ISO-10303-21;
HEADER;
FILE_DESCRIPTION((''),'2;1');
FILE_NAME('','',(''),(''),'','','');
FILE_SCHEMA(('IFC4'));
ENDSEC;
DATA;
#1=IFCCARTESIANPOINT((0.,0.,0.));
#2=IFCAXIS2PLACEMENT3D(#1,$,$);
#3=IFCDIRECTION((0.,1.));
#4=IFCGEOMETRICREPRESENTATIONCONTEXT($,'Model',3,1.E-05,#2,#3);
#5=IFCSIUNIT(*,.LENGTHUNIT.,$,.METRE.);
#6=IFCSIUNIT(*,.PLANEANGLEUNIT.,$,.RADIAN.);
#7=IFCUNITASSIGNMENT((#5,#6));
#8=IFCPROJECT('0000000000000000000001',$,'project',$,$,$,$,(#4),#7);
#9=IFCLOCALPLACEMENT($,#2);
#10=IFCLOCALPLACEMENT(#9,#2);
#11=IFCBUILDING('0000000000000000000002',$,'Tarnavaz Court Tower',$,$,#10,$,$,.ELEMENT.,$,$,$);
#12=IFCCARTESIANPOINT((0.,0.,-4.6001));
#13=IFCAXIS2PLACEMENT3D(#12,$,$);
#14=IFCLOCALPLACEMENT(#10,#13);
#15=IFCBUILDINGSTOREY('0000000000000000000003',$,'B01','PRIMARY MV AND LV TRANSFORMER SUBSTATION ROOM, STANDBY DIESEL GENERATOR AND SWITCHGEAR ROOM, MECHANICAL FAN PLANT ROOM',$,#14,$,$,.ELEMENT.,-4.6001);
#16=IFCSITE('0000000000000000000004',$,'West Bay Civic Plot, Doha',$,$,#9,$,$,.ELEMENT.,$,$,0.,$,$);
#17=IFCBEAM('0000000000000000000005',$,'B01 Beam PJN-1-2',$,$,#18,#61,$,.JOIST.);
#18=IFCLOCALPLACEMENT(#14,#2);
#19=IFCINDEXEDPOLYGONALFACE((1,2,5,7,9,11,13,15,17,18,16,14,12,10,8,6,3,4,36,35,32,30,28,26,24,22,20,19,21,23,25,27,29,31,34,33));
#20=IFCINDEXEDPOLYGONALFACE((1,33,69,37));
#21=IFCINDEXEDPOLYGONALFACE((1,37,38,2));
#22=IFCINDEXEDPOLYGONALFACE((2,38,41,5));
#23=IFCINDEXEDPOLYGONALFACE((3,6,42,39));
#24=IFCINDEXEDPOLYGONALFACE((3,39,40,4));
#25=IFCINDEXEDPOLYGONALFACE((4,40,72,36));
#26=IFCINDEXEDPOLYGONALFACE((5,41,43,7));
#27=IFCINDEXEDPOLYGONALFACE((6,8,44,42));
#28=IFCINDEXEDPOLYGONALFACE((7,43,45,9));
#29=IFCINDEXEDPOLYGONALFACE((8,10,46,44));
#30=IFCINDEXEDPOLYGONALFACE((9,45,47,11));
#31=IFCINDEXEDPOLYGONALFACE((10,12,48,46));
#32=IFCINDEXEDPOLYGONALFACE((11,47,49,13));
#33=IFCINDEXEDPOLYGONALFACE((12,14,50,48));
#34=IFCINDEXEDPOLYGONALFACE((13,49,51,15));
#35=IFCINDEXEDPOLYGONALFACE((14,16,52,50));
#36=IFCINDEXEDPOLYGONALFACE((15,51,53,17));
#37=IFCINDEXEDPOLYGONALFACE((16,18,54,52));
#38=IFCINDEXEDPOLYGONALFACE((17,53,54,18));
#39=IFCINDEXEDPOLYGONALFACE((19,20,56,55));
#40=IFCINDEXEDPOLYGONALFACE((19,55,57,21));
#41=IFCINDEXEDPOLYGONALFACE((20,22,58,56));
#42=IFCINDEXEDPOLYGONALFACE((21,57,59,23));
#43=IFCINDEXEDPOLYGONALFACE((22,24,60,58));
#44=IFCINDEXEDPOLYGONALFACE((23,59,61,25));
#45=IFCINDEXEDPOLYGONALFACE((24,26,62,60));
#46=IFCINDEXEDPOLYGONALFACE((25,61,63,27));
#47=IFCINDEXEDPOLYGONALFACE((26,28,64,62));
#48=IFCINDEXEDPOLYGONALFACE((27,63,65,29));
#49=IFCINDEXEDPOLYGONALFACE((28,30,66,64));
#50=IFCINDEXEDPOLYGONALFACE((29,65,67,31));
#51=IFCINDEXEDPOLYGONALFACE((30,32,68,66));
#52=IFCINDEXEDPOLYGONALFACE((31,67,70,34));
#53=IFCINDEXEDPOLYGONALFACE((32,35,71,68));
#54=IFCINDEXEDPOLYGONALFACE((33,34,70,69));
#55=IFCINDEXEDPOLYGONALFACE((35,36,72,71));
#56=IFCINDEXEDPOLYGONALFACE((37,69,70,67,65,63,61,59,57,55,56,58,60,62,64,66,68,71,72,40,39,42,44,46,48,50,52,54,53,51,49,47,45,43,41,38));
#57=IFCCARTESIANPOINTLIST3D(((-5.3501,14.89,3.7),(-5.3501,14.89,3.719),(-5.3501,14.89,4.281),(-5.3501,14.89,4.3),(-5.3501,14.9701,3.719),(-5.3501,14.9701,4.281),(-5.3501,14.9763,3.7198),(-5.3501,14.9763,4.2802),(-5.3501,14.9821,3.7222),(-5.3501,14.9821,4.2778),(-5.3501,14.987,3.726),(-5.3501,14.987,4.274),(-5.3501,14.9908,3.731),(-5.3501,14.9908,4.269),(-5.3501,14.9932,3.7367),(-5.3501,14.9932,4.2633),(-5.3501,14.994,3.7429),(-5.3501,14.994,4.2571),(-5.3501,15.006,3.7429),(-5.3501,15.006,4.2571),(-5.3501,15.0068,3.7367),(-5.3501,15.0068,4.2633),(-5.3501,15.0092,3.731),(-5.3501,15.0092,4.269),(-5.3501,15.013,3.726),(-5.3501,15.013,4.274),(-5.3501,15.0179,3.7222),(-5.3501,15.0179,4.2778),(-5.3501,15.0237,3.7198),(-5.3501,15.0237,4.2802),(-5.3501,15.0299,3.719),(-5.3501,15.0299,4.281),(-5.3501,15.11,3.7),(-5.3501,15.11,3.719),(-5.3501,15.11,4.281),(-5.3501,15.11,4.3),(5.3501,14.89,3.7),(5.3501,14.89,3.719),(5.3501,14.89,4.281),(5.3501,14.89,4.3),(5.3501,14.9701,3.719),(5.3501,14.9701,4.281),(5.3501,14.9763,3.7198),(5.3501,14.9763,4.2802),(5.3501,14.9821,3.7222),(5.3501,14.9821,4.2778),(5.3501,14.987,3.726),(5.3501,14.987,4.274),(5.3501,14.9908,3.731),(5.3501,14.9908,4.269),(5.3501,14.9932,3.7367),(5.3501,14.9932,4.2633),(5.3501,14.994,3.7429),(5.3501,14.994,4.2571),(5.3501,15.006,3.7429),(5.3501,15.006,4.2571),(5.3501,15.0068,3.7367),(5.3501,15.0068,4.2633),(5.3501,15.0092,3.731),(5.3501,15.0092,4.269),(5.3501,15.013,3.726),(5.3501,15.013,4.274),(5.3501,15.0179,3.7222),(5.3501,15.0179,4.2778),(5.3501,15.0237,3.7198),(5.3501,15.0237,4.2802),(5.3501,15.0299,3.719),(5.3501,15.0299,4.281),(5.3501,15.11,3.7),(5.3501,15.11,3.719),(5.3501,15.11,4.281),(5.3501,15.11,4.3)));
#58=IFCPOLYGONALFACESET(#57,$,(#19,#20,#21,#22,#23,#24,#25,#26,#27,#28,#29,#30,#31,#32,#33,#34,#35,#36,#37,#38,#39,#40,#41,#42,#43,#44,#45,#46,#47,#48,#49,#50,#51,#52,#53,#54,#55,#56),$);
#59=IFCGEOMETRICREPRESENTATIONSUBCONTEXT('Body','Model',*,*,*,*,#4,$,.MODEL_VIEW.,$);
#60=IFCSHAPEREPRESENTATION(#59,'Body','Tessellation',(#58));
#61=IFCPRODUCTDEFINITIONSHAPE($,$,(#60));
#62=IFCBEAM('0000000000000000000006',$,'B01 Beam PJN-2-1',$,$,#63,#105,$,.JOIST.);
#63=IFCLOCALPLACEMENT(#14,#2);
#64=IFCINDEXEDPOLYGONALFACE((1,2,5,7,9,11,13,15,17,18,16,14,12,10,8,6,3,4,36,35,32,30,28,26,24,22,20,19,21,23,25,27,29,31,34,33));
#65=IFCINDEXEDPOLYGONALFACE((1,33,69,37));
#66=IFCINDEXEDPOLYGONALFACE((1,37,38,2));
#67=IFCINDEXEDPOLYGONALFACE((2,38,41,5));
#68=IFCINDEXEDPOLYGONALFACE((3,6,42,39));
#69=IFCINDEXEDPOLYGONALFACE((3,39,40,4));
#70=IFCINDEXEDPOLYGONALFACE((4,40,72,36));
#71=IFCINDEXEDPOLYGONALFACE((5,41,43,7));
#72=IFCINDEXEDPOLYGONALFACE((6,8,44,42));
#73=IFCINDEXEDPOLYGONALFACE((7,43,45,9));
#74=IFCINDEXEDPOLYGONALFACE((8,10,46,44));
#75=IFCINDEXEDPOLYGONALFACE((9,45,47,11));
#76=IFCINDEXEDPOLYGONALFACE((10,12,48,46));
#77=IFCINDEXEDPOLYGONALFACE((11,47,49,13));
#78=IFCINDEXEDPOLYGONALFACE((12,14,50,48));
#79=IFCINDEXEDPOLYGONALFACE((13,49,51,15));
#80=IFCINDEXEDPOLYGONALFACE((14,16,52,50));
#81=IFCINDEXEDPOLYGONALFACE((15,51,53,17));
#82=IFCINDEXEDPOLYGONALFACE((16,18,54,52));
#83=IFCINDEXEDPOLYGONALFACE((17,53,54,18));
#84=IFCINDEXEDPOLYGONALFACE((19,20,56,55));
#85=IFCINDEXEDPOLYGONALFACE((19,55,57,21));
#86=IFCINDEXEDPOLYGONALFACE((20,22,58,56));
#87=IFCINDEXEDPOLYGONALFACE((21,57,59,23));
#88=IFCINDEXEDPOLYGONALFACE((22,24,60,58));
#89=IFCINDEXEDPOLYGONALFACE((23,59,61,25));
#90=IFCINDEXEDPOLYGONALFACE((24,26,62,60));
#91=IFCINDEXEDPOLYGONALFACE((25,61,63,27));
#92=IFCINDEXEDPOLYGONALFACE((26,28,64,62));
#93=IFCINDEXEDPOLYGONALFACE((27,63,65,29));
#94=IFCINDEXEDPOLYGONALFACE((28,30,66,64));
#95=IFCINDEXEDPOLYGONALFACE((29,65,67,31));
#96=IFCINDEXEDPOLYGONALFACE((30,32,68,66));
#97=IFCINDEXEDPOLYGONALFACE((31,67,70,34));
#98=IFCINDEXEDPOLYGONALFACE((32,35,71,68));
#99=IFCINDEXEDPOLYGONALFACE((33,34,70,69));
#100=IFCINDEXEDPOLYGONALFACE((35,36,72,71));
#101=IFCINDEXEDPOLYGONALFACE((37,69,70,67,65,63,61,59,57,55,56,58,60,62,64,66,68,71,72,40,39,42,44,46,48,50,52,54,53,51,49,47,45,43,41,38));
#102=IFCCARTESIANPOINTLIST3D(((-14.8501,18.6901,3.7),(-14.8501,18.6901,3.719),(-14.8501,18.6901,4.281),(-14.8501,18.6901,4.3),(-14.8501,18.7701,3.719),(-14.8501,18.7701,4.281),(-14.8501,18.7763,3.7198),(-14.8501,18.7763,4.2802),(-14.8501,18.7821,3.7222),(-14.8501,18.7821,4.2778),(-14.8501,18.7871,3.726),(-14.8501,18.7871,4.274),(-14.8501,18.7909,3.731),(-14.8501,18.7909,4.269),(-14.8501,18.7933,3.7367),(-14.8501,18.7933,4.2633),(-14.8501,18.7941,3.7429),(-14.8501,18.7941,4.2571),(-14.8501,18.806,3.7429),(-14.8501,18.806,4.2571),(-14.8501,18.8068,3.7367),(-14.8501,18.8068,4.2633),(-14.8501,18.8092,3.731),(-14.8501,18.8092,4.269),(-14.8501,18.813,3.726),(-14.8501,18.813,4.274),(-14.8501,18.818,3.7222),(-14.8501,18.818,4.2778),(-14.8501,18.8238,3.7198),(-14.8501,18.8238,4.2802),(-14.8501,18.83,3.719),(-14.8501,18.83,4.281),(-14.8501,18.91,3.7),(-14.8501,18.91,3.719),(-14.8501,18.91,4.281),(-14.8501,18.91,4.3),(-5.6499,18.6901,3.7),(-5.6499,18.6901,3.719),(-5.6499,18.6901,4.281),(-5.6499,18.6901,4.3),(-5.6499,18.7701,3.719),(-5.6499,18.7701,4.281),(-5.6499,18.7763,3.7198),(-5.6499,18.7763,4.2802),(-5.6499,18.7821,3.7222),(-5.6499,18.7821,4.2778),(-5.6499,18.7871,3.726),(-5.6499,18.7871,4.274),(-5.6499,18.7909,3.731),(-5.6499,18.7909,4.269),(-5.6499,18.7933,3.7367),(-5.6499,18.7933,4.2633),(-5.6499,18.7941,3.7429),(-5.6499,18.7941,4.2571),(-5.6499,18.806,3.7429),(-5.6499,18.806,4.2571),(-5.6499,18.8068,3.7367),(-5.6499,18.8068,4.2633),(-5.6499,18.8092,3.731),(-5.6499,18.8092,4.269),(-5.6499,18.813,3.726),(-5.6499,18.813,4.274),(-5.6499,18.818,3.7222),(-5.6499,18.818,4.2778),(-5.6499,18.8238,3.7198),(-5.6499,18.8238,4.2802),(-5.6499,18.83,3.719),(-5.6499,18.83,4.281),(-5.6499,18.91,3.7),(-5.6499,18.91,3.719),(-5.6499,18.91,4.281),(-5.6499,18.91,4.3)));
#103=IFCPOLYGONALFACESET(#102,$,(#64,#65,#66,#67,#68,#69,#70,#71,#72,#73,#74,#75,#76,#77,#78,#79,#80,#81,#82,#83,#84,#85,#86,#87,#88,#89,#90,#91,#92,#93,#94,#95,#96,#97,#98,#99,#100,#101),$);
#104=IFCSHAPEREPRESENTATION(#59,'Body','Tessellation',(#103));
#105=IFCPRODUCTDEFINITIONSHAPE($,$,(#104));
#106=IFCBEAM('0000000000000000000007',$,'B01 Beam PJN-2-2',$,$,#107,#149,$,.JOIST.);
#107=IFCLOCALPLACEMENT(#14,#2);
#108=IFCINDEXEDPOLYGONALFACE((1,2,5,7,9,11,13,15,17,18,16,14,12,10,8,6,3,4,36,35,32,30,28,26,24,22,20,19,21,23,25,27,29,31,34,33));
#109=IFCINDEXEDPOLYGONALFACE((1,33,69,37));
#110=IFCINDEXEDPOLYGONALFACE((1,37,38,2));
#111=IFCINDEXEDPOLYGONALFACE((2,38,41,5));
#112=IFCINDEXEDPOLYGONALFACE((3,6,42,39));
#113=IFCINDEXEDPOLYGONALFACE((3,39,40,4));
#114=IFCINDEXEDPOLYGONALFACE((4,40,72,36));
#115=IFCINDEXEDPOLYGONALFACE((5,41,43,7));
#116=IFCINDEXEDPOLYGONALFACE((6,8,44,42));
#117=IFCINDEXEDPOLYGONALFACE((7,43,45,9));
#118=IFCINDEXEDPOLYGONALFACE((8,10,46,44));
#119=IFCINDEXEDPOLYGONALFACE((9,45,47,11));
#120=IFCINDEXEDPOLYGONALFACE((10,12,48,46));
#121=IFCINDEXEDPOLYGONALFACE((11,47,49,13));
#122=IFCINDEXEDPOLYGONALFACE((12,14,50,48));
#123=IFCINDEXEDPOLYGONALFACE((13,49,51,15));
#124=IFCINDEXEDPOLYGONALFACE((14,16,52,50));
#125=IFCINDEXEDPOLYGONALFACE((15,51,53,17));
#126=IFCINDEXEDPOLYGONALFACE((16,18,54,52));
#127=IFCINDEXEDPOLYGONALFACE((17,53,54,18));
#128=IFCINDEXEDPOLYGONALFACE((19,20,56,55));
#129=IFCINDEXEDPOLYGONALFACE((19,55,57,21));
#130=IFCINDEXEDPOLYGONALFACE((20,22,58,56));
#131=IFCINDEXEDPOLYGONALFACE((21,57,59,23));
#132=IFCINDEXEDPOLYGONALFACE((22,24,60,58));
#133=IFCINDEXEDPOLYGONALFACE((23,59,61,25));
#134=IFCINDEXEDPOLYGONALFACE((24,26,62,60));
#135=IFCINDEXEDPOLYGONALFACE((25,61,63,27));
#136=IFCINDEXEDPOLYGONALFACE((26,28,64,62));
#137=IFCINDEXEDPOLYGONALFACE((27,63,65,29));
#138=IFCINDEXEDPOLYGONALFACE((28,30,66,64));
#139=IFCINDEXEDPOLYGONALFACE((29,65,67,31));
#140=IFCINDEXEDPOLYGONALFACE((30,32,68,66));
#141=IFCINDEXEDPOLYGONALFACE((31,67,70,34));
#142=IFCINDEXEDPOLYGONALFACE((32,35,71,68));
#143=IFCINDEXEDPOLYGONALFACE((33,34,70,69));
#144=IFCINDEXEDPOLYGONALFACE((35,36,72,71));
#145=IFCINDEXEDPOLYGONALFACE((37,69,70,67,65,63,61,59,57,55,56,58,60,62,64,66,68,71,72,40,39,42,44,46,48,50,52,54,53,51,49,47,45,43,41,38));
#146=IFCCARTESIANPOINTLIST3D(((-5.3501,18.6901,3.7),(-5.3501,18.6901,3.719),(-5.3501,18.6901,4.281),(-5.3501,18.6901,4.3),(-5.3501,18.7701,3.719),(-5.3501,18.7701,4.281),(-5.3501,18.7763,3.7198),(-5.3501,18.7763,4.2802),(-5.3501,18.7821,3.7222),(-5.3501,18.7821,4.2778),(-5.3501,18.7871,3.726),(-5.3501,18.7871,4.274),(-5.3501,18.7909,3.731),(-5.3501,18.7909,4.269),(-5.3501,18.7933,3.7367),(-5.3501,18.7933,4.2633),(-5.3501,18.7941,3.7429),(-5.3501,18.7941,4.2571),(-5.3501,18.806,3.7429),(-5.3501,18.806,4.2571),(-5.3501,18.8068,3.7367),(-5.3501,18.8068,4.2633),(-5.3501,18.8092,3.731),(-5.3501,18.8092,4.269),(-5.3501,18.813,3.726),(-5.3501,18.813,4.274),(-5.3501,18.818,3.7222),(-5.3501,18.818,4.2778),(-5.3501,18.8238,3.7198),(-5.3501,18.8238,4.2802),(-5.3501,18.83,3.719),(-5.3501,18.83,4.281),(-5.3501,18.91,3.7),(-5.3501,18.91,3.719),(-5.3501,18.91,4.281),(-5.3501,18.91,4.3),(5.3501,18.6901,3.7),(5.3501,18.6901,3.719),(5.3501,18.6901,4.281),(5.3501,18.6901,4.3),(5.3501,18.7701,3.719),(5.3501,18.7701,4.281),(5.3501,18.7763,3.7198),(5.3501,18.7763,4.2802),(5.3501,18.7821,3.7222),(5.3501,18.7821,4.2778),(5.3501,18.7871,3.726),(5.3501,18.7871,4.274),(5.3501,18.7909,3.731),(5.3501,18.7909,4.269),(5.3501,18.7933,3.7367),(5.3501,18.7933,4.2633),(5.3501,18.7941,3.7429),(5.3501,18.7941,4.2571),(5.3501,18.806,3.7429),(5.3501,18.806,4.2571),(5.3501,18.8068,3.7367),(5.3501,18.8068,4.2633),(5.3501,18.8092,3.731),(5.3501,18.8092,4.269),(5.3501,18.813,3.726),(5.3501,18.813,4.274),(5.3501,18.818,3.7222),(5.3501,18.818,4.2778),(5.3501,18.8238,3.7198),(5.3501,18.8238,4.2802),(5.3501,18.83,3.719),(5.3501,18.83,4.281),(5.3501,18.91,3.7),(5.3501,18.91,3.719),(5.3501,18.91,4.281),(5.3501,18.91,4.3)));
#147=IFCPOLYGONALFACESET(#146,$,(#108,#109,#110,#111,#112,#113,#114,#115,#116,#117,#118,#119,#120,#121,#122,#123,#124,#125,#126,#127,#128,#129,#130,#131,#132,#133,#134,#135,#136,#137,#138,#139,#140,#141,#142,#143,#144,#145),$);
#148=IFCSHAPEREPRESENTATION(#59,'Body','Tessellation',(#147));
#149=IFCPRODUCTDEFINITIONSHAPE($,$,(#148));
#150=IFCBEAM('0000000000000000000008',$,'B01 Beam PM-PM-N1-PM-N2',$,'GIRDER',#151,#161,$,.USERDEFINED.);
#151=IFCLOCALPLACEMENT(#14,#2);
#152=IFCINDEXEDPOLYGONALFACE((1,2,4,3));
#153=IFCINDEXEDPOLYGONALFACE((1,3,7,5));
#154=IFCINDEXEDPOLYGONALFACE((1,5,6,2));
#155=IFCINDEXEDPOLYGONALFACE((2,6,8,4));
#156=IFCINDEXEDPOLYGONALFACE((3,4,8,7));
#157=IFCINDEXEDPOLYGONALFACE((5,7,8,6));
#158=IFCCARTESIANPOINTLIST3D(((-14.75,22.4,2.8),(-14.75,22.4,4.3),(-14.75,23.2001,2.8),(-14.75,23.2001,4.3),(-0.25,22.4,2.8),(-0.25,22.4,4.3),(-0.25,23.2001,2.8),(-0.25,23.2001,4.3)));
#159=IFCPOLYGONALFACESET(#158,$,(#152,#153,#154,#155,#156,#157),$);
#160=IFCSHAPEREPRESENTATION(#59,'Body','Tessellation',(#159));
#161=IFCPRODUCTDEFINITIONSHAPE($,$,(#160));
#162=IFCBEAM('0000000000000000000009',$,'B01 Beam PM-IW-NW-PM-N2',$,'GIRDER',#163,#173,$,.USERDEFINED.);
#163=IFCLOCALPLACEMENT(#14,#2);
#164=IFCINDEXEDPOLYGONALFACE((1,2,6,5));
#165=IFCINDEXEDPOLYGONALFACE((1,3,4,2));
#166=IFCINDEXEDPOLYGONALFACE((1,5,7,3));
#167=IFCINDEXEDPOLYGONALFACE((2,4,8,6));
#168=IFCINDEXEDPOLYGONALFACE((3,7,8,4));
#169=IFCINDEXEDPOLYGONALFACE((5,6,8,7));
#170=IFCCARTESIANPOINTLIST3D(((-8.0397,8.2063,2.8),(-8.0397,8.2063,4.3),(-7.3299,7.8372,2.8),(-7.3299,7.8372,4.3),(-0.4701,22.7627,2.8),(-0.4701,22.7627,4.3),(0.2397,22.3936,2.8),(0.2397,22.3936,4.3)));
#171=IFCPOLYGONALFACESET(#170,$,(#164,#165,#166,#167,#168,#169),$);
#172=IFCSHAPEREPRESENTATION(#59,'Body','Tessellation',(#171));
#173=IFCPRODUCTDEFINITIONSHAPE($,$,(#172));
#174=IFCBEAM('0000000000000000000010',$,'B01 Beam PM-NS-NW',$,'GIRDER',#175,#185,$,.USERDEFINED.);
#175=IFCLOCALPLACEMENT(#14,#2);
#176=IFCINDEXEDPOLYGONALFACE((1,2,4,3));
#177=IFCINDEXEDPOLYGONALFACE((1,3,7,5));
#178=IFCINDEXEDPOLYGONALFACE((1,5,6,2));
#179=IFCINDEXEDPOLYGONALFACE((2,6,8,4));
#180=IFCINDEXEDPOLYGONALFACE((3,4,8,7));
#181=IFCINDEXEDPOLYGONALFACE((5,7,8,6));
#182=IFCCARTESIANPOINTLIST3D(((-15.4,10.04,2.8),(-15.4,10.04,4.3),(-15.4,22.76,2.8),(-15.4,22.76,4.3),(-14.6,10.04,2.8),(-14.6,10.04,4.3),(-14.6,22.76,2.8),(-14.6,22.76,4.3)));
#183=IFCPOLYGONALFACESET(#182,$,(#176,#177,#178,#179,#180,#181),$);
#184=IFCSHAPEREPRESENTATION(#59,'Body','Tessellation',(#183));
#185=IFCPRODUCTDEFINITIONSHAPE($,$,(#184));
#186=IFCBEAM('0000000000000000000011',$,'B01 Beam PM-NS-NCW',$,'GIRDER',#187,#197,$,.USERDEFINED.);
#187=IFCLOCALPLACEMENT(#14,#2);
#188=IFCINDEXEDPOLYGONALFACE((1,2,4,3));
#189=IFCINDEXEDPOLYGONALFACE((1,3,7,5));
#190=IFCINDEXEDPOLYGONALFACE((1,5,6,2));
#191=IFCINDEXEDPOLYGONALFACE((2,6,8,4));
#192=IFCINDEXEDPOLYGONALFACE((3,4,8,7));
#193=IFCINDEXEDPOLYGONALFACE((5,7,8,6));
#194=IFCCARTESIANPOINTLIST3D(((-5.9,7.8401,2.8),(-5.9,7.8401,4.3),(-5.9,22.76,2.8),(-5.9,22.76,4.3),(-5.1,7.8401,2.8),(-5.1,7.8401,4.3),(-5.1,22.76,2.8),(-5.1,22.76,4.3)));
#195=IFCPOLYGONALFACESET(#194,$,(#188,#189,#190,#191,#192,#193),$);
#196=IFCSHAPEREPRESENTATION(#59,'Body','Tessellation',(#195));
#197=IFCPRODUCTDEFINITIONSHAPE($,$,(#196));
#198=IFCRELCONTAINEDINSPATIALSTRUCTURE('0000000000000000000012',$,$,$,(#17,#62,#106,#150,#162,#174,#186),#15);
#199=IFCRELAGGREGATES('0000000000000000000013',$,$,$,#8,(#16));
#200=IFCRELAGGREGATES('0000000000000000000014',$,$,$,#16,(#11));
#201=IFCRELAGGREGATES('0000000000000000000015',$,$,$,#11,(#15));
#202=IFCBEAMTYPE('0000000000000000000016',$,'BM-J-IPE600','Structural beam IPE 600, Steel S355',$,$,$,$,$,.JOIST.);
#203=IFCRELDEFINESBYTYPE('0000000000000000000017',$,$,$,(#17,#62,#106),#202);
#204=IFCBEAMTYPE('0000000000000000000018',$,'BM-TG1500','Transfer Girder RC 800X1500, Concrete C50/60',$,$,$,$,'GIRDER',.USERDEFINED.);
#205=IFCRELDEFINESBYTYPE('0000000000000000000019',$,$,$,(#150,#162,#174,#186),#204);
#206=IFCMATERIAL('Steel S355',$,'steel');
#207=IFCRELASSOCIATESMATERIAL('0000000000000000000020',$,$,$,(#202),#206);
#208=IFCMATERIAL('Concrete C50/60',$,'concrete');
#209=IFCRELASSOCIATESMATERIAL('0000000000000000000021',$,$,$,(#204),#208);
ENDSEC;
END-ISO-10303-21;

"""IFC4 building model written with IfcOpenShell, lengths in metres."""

from ifc_helpers import new_model, si_unit, direction, frame, origin, origin_2d, place, context, subcontext, project, spatial, rectangle, i_section, extrude, material, material_profile, profile_set, type_object, element, save


model = new_model("IFC4")

# Units and contexts
model_context = context("Model", 3, precision=1e-05, world=origin(), true_north=direction((0.0, 1.0)))
body_context = subcontext(model_context, "Body", "Model", "MODEL_VIEW")
ifc_project = project(units=[si_unit("LENGTHUNIT", "METRE"), si_unit("PLANEANGLEUNIT", "RADIAN")], contexts=[model_context])

# Site, building, storey
site_placement = place(None, origin())
site = spatial("IfcSite", under=ifc_project, at=site_placement, Name="West Bay Civic Plot, Doha", CompositionType="ELEMENT", RefElevation=0.0)
building_placement = place(site_placement, origin())
building = spatial("IfcBuilding", under=site, at=building_placement, Name="Tarnavaz Court Tower", CompositionType="ELEMENT")
storey_placement = place(building_placement, frame((0.0, 0.0, -4.6001)))
storey = spatial("IfcBuildingStorey", under=building, at=storey_placement, Name="B01", Description="PRIMARY MV AND LV TRANSFORMER SUBSTATION ROOM, STANDBY DIESEL GENERATOR AND SWITCHGEAR ROOM, MECHANICAL FAN PLANT ROOM", CompositionType="ELEMENT", Elevation=-4.6001)

# Beams
ifc_material_1 = material(Name="Steel S355", Category="steel")
ifc_material_profile_1 = material_profile(ifc_material_1, i_section(OverallWidth=0.22, OverallDepth=0.6001, WebThickness=0.012, FlangeThickness=0.019, FilletRadius=0.0239, at=origin_2d()), Name="IPE 600")
ifc_profile_set_1 = profile_set([ifc_material_profile_1], Name="Steel S355")
beam_type_1 = type_object("IfcBeamType", Name="BM-J-IPE600", Description="Structural beam IPE 600, Steel S355", PredefinedType="JOIST", material=ifc_profile_set_1)
beam_1_placement = place(storey_placement, frame((-5.3501, 15.0, 4.0), z_axis=(1.0, 0.0, 0.0), x_axis=(0.0, 1.0, 0.0)))
element("IfcBeam", 1, at=beam_1_placement, inside=storey, type_object=beam_type_1, Name="B01 Beam PJN-1-2", PredefinedType="JOIST", context=body_context, shape_type="SweptSolid", body=[
    extrude(i_section(OverallWidth=0.22, OverallDepth=0.6001, WebThickness=0.012, FlangeThickness=0.019, FilletRadius=0.0239, at=origin_2d()), origin(), (0.0, 0.0, 1.0), 10.7002),
])
beam_2_placement = place(storey_placement, frame((-14.8501, 18.8, 4.0), z_axis=(1.0, 0.0, 0.0), x_axis=(0.0, 1.0, 0.0)))
element("IfcBeam", 2, at=beam_2_placement, inside=storey, type_object=beam_type_1, Name="B01 Beam PJN-2-1", PredefinedType="JOIST", context=body_context, shape_type="SweptSolid", body=[
    extrude(i_section(OverallWidth=0.22, OverallDepth=0.6001, WebThickness=0.012, FlangeThickness=0.019, FilletRadius=0.0239, at=origin_2d()), origin(), (0.0, 0.0, 1.0), 9.2002),
])
beam_3_placement = place(storey_placement, frame((-5.3501, 18.8, 4.0), z_axis=(1.0, 0.0, 0.0), x_axis=(0.0, 1.0, 0.0)))
element("IfcBeam", 3, at=beam_3_placement, inside=storey, type_object=beam_type_1, Name="B01 Beam PJN-2-2", PredefinedType="JOIST", context=body_context, shape_type="SweptSolid", body=[
    extrude(i_section(OverallWidth=0.22, OverallDepth=0.6001, WebThickness=0.012, FlangeThickness=0.019, FilletRadius=0.0239, at=origin_2d()), origin(), (0.0, 0.0, 1.0), 10.7002),
])
ifc_material_2 = material(Name="Concrete C50/60", Category="concrete")
ifc_material_profile_2 = material_profile(ifc_material_2, rectangle(XDim=0.8, YDim=1.5, at=origin_2d()), Name="RC 800X1500")
ifc_profile_set_2 = profile_set([ifc_material_profile_2], Name="Concrete C50/60")
beam_type_2 = type_object("IfcBeamType", Name="BM-TG1500", Description="Transfer Girder RC 800X1500, Concrete C50/60", ElementType="GIRDER", PredefinedType="USERDEFINED", material=ifc_profile_set_2)
beam_4_placement = place(storey_placement, frame((-14.75, 22.8, 3.55), z_axis=(1.0, 0.0, 0.0), x_axis=(0.0, 1.0, 0.0)))
element("IfcBeam", 4, at=beam_4_placement, inside=storey, type_object=beam_type_2, Name="B01 Beam PM-PM-N1-PM-N2", ObjectType="GIRDER", PredefinedType="USERDEFINED", context=body_context, shape_type="SweptSolid", body=[
    extrude(rectangle(XDim=0.8, YDim=1.5, at=origin_2d()), origin(), (0.0, 0.0, 1.0), 14.5),
])
beam_5_placement = place(storey_placement, frame((-7.6848, 8.0217, 3.55), z_axis=(0.461365, 0.88721, 0.0), x_axis=(-0.88721, 0.461365, 0.0)))
element("IfcBeam", 5, at=beam_5_placement, inside=storey, type_object=beam_type_2, Name="B01 Beam PM-IW-NW-PM-N2", ObjectType="GIRDER", PredefinedType="USERDEFINED", context=body_context, shape_type="SweptSolid", body=[
    extrude(rectangle(XDim=0.8, YDim=1.5, at=origin_2d()), origin(), (0.0, 0.0, 1.0), 16.407),
])
beam_6_placement = place(storey_placement, frame((-15.0, 10.04, 3.55), z_axis=(0.0, 1.0, 0.0), x_axis=(-1.0, 0.0, 0.0)))
element("IfcBeam", 6, at=beam_6_placement, inside=storey, type_object=beam_type_2, Name="B01 Beam PM-NS-NW", ObjectType="GIRDER", PredefinedType="USERDEFINED", context=body_context, shape_type="SweptSolid", body=[
    extrude(rectangle(XDim=0.8, YDim=1.5, at=origin_2d()), origin(), (0.0, 0.0, 1.0), 12.72),
])
beam_7_placement = place(storey_placement, frame((-5.5, 7.8401, 3.55), z_axis=(0.0, 1.0, 0.0), x_axis=(-1.0, 0.0, 0.0)))
element("IfcBeam", 7, at=beam_7_placement, inside=storey, type_object=beam_type_2, Name="B01 Beam PM-NS-NCW", ObjectType="GIRDER", PredefinedType="USERDEFINED", context=body_context, shape_type="SweptSolid", body=[
    extrude(rectangle(XDim=0.8, YDim=1.5, at=origin_2d()), origin(), (0.0, 0.0, 1.0), 14.9199),
])

save(model, "model.ifc")
